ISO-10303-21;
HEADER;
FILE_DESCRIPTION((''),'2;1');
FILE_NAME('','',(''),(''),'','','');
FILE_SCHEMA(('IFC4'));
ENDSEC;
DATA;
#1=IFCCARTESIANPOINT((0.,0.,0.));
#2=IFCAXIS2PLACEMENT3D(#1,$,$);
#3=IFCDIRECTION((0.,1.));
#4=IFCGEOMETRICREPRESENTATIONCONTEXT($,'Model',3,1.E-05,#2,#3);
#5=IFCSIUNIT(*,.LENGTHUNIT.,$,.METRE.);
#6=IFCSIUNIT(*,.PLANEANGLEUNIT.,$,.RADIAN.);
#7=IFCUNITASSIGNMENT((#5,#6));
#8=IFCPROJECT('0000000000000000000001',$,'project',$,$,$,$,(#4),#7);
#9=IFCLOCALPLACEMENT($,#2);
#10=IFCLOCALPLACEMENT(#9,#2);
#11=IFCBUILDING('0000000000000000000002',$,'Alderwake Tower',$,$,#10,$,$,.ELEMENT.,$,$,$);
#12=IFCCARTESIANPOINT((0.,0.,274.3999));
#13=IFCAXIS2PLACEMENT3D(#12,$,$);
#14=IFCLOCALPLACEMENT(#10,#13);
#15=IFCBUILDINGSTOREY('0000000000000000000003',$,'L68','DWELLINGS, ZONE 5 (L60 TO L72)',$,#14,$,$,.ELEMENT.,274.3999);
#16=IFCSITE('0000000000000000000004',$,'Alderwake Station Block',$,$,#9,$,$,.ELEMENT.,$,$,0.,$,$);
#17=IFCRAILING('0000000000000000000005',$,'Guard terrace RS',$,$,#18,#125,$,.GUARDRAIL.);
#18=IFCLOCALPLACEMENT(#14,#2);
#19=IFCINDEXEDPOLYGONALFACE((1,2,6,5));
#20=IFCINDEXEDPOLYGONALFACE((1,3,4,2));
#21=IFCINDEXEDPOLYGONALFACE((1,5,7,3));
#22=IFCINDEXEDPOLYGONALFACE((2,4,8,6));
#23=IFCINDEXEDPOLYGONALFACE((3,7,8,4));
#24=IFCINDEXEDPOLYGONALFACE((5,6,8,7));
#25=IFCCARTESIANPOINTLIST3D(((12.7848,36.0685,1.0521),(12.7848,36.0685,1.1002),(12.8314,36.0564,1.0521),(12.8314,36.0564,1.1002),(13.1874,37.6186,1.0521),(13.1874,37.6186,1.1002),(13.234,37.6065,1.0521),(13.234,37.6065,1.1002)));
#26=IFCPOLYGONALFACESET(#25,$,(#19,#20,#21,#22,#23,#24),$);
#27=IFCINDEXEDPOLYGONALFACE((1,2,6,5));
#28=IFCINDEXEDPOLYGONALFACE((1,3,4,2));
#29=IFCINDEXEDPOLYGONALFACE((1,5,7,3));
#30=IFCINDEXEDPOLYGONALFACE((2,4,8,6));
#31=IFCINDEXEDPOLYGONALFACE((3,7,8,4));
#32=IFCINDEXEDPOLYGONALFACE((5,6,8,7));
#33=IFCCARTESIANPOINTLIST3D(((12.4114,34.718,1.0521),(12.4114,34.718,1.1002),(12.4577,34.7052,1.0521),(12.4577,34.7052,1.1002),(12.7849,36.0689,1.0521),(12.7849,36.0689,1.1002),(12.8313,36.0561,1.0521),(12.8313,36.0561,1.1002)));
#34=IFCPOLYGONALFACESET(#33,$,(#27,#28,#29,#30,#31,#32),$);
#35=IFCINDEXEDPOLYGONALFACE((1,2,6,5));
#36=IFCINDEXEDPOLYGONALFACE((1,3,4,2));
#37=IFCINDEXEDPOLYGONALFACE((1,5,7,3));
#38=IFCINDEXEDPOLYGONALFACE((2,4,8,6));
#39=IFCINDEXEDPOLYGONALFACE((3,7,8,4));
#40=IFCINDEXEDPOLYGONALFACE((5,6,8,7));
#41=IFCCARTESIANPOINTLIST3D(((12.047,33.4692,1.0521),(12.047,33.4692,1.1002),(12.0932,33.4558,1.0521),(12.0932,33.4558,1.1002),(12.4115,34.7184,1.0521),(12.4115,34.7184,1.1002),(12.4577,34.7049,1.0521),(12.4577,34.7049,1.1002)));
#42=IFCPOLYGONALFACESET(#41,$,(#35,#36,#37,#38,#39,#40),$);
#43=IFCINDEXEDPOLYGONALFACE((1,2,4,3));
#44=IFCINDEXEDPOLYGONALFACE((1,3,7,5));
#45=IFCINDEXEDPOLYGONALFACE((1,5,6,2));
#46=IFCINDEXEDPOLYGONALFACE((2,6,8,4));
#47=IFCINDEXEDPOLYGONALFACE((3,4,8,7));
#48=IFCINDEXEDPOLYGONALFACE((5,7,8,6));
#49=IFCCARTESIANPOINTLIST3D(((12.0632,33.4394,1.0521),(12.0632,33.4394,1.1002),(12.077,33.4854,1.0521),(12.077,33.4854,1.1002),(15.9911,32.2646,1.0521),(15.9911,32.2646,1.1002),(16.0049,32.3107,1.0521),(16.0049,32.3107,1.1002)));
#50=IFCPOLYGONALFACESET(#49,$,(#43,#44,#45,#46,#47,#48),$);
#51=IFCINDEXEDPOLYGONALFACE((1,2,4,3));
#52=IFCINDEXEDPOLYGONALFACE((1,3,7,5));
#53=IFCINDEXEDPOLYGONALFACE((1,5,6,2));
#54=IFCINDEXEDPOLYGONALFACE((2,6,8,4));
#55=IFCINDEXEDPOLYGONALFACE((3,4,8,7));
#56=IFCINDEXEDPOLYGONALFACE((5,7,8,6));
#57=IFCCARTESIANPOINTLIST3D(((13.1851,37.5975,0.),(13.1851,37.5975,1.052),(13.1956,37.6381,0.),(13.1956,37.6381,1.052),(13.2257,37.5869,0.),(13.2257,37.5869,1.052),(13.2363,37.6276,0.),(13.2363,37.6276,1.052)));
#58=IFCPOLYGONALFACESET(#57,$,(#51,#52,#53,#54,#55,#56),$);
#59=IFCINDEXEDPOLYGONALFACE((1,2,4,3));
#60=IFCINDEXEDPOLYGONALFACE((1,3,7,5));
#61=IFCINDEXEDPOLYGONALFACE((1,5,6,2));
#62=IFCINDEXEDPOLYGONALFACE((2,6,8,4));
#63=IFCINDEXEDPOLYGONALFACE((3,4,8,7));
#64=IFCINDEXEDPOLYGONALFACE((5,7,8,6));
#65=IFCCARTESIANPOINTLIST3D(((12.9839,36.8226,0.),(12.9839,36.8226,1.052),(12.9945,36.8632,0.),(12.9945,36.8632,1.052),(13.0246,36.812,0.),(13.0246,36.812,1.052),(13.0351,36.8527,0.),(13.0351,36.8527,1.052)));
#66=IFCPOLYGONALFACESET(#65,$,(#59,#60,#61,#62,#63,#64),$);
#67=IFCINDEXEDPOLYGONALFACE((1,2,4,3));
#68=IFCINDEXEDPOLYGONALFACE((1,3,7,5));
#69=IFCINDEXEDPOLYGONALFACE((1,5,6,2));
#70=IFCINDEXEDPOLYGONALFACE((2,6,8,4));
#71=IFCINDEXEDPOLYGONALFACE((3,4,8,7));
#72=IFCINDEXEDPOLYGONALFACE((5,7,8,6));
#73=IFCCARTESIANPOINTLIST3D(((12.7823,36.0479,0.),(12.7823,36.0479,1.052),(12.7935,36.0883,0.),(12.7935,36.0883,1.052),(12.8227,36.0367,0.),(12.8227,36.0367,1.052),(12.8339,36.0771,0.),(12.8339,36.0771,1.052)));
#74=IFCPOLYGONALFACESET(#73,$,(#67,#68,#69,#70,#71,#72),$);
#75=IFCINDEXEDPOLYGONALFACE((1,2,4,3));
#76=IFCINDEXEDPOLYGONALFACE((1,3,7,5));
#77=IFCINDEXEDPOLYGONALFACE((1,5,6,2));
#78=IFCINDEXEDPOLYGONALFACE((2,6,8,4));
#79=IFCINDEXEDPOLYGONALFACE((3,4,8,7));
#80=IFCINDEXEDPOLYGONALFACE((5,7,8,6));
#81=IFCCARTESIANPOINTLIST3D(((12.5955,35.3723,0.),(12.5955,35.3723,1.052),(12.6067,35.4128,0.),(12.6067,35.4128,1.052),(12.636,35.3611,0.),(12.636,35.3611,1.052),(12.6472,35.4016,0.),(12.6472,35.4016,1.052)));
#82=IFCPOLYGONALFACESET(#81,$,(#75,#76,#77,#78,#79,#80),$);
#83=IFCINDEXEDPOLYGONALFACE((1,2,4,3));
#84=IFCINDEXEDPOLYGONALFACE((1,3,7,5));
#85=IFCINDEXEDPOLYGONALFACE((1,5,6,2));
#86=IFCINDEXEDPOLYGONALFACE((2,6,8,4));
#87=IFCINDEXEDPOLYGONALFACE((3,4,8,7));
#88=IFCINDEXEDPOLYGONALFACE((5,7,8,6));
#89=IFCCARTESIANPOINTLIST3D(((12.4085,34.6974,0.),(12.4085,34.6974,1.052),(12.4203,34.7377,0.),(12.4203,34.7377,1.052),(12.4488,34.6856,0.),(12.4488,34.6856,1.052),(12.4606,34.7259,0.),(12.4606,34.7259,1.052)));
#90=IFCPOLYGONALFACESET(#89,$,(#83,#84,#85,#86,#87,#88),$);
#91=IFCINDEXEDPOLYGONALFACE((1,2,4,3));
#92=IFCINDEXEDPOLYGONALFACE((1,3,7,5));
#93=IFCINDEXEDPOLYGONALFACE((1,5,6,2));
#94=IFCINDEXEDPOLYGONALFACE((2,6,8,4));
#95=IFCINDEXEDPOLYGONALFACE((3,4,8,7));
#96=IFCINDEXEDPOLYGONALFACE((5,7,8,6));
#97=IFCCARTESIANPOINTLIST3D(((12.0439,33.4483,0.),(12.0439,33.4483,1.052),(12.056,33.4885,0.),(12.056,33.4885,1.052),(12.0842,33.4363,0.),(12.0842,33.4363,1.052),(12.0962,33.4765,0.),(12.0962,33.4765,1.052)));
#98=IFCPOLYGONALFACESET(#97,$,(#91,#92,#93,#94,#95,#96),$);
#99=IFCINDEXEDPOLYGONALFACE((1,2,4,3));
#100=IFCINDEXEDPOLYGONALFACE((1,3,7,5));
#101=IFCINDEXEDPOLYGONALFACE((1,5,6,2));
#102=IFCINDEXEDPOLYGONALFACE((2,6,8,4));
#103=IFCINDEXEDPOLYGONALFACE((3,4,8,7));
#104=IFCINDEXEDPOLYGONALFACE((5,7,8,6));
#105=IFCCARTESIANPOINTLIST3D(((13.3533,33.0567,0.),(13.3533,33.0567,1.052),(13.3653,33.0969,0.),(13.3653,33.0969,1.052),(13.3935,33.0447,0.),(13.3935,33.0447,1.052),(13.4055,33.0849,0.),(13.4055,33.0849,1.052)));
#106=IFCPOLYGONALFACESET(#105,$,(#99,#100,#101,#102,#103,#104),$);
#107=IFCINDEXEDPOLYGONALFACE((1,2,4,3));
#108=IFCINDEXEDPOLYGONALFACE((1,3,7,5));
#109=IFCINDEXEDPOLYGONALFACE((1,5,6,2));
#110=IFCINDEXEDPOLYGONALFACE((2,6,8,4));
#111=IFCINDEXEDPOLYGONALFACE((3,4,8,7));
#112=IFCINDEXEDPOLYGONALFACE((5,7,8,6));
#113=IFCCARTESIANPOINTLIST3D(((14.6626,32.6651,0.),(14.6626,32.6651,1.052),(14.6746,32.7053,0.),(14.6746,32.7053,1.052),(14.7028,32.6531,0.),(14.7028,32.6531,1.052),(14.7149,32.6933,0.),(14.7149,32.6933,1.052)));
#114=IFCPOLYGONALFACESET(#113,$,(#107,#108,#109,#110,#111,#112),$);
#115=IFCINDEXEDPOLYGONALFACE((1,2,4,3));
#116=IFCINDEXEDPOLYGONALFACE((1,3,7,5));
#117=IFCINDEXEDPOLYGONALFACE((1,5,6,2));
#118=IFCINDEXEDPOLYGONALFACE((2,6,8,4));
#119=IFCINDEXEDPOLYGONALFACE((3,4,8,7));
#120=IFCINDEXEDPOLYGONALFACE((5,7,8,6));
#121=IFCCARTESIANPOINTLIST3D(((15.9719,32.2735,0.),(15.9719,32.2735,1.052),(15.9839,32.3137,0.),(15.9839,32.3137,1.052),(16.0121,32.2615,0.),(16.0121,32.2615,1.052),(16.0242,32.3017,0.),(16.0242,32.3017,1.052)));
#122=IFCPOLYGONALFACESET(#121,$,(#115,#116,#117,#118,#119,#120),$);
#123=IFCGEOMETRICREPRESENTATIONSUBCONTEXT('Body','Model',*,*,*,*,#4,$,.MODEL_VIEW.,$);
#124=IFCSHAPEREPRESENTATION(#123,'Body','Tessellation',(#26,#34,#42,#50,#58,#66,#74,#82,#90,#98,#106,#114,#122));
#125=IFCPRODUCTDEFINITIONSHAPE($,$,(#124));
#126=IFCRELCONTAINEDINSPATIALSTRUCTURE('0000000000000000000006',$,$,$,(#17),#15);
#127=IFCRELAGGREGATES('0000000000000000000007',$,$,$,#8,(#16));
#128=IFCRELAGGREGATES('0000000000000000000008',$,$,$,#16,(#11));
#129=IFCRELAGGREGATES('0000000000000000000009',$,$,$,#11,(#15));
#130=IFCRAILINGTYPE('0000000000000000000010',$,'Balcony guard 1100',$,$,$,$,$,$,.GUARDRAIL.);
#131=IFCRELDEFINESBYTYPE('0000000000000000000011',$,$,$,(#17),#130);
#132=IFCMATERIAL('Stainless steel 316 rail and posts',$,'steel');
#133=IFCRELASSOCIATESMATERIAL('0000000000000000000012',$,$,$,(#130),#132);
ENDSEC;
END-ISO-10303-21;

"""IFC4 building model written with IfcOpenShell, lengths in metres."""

from ifc_helpers import new_model, si_unit, direction, frame, origin, origin_2d, place, context, subcontext, project, spatial, rectangle, extrude, material, type_object, element, save


model = new_model("IFC4")

# Units and contexts
model_context = context("Model", 3, precision=1e-05, world=origin(), true_north=direction((0.0, 1.0)))
body_context = subcontext(model_context, "Body", "Model", "MODEL_VIEW")
ifc_project = project(units=[si_unit("LENGTHUNIT", "METRE"), si_unit("PLANEANGLEUNIT", "RADIAN")], contexts=[model_context])

# Site, building, storey
site_placement = place(None, origin())
site = spatial("IfcSite", under=ifc_project, at=site_placement, Name="Alderwake Station Block", CompositionType="ELEMENT", RefElevation=0.0)
building_placement = place(site_placement, origin())
building = spatial("IfcBuilding", under=site, at=building_placement, Name="Alderwake Tower", CompositionType="ELEMENT")
storey_placement = place(building_placement, frame((0.0, 0.0, 274.3999)))
storey = spatial("IfcBuildingStorey", under=building, at=storey_placement, Name="L68", Description="DWELLINGS, ZONE 5 (L60 TO L72)", CompositionType="ELEMENT", Elevation=274.3999)

# Railing
ifc_material_1 = material(Name="Stainless steel 316 rail and posts", Category="steel")
railing_type = type_object("IfcRailingType", Name="Balcony guard 1100", PredefinedType="GUARDRAIL", material=ifc_material_1)
railing_placement = place(storey_placement, frame((13.2107, 37.6125, 0.0)))
element("IfcRailing", 1, at=railing_placement, inside=storey, type_object=railing_type, Name="Guard terrace RS", PredefinedType="GUARDRAIL", context=body_context, shape_type="SweptSolid", body=[
    extrude(rectangle(XDim=0.0481, YDim=0.0481, at=origin_2d()), frame((0.0, 0.0, 1.0762), z_axis=(-0.251385, -0.967887, 0.0), x_axis=(0.967887, -0.251385, 0.0)), (0.0, 0.0, 1.0), 1.6016),
    extrude(rectangle(XDim=0.0481, YDim=0.0481, at=origin_2d()), frame((-0.4026, -1.55, 1.0762), z_axis=(-0.266521, -0.963829, 0.0), x_axis=(0.963829, -0.266521, 0.0)), (0.0, 0.0, 1.0), 1.4016),
    extrude(rectangle(XDim=0.0481, YDim=0.0481, at=origin_2d()), frame((-0.7761, -2.9009, 1.0762), z_axis=(-0.280094, -0.959973, 0.0), x_axis=(0.959973, -0.280094, 0.0)), (0.0, 0.0, 1.0), 1.3013),
    extrude(rectangle(XDim=0.0481, YDim=0.0481, at=origin_2d()), frame((-1.1406, -4.1501, 1.0762), z_axis=(0.958067, -0.286545, 0.0), x_axis=(0.286545, 0.958067, 0.0)), (0.0, 0.0, 1.0), 4.0999),
    extrude(rectangle(XDim=0.042, YDim=0.042, at=origin_2d()), frame((0.0, 0.0, 0.0), z_axis=(0.0, 0.0, 1.0), x_axis=(-0.251385, -0.967887, 0.0)), (0.0, 0.0, 1.0), 1.052),
    extrude(rectangle(XDim=0.042, YDim=0.042, at=origin_2d()), frame((-0.2012, -0.7749, 0.0), z_axis=(0.0, 0.0, 1.0), x_axis=(-0.251385, -0.967887, 0.0)), (0.0, 0.0, 1.0), 1.052),
    extrude(rectangle(XDim=0.042, YDim=0.042, at=origin_2d()), frame((-0.4026, -1.55, 0.0), z_axis=(0.0, 0.0, 1.0), x_axis=(-0.266521, -0.963829, 0.0)), (0.0, 0.0, 1.0), 1.052),
    extrude(rectangle(XDim=0.042, YDim=0.042, at=origin_2d()), frame((-0.5894, -2.2256, 0.0), z_axis=(0.0, 0.0, 1.0), x_axis=(-0.266521, -0.963829, 0.0)), (0.0, 0.0, 1.0), 1.052),
    extrude(rectangle(XDim=0.042, YDim=0.042, at=origin_2d()), frame((-0.7761, -2.9009, 0.0), z_axis=(0.0, 0.0, 1.0), x_axis=(-0.280094, -0.959973, 0.0)), (0.0, 0.0, 1.0), 1.052),
    extrude(rectangle(XDim=0.042, YDim=0.042, at=origin_2d()), frame((-1.1406, -4.1501, 0.0), z_axis=(0.0, 0.0, 1.0), x_axis=(0.958067, -0.286545, 0.0)), (0.0, 0.0, 1.0), 1.052),
    extrude(rectangle(XDim=0.042, YDim=0.042, at=origin_2d()), frame((0.1687, -4.5417, 0.0), z_axis=(0.0, 0.0, 1.0), x_axis=(0.958067, -0.286545, 0.0)), (0.0, 0.0, 1.0), 1.052),
    extrude(rectangle(XDim=0.042, YDim=0.042, at=origin_2d()), frame((1.478, -4.9333, 0.0), z_axis=(0.0, 0.0, 1.0), x_axis=(0.958067, -0.286545, 0.0)), (0.0, 0.0, 1.0), 1.052),
    extrude(rectangle(XDim=0.042, YDim=0.042, at=origin_2d()), frame((2.7874, -5.325, 0.0), z_axis=(0.0, 0.0, 1.0), x_axis=(0.958067, -0.286545, 0.0)), (0.0, 0.0, 1.0), 1.052),
])

save(model, "model.ifc")
